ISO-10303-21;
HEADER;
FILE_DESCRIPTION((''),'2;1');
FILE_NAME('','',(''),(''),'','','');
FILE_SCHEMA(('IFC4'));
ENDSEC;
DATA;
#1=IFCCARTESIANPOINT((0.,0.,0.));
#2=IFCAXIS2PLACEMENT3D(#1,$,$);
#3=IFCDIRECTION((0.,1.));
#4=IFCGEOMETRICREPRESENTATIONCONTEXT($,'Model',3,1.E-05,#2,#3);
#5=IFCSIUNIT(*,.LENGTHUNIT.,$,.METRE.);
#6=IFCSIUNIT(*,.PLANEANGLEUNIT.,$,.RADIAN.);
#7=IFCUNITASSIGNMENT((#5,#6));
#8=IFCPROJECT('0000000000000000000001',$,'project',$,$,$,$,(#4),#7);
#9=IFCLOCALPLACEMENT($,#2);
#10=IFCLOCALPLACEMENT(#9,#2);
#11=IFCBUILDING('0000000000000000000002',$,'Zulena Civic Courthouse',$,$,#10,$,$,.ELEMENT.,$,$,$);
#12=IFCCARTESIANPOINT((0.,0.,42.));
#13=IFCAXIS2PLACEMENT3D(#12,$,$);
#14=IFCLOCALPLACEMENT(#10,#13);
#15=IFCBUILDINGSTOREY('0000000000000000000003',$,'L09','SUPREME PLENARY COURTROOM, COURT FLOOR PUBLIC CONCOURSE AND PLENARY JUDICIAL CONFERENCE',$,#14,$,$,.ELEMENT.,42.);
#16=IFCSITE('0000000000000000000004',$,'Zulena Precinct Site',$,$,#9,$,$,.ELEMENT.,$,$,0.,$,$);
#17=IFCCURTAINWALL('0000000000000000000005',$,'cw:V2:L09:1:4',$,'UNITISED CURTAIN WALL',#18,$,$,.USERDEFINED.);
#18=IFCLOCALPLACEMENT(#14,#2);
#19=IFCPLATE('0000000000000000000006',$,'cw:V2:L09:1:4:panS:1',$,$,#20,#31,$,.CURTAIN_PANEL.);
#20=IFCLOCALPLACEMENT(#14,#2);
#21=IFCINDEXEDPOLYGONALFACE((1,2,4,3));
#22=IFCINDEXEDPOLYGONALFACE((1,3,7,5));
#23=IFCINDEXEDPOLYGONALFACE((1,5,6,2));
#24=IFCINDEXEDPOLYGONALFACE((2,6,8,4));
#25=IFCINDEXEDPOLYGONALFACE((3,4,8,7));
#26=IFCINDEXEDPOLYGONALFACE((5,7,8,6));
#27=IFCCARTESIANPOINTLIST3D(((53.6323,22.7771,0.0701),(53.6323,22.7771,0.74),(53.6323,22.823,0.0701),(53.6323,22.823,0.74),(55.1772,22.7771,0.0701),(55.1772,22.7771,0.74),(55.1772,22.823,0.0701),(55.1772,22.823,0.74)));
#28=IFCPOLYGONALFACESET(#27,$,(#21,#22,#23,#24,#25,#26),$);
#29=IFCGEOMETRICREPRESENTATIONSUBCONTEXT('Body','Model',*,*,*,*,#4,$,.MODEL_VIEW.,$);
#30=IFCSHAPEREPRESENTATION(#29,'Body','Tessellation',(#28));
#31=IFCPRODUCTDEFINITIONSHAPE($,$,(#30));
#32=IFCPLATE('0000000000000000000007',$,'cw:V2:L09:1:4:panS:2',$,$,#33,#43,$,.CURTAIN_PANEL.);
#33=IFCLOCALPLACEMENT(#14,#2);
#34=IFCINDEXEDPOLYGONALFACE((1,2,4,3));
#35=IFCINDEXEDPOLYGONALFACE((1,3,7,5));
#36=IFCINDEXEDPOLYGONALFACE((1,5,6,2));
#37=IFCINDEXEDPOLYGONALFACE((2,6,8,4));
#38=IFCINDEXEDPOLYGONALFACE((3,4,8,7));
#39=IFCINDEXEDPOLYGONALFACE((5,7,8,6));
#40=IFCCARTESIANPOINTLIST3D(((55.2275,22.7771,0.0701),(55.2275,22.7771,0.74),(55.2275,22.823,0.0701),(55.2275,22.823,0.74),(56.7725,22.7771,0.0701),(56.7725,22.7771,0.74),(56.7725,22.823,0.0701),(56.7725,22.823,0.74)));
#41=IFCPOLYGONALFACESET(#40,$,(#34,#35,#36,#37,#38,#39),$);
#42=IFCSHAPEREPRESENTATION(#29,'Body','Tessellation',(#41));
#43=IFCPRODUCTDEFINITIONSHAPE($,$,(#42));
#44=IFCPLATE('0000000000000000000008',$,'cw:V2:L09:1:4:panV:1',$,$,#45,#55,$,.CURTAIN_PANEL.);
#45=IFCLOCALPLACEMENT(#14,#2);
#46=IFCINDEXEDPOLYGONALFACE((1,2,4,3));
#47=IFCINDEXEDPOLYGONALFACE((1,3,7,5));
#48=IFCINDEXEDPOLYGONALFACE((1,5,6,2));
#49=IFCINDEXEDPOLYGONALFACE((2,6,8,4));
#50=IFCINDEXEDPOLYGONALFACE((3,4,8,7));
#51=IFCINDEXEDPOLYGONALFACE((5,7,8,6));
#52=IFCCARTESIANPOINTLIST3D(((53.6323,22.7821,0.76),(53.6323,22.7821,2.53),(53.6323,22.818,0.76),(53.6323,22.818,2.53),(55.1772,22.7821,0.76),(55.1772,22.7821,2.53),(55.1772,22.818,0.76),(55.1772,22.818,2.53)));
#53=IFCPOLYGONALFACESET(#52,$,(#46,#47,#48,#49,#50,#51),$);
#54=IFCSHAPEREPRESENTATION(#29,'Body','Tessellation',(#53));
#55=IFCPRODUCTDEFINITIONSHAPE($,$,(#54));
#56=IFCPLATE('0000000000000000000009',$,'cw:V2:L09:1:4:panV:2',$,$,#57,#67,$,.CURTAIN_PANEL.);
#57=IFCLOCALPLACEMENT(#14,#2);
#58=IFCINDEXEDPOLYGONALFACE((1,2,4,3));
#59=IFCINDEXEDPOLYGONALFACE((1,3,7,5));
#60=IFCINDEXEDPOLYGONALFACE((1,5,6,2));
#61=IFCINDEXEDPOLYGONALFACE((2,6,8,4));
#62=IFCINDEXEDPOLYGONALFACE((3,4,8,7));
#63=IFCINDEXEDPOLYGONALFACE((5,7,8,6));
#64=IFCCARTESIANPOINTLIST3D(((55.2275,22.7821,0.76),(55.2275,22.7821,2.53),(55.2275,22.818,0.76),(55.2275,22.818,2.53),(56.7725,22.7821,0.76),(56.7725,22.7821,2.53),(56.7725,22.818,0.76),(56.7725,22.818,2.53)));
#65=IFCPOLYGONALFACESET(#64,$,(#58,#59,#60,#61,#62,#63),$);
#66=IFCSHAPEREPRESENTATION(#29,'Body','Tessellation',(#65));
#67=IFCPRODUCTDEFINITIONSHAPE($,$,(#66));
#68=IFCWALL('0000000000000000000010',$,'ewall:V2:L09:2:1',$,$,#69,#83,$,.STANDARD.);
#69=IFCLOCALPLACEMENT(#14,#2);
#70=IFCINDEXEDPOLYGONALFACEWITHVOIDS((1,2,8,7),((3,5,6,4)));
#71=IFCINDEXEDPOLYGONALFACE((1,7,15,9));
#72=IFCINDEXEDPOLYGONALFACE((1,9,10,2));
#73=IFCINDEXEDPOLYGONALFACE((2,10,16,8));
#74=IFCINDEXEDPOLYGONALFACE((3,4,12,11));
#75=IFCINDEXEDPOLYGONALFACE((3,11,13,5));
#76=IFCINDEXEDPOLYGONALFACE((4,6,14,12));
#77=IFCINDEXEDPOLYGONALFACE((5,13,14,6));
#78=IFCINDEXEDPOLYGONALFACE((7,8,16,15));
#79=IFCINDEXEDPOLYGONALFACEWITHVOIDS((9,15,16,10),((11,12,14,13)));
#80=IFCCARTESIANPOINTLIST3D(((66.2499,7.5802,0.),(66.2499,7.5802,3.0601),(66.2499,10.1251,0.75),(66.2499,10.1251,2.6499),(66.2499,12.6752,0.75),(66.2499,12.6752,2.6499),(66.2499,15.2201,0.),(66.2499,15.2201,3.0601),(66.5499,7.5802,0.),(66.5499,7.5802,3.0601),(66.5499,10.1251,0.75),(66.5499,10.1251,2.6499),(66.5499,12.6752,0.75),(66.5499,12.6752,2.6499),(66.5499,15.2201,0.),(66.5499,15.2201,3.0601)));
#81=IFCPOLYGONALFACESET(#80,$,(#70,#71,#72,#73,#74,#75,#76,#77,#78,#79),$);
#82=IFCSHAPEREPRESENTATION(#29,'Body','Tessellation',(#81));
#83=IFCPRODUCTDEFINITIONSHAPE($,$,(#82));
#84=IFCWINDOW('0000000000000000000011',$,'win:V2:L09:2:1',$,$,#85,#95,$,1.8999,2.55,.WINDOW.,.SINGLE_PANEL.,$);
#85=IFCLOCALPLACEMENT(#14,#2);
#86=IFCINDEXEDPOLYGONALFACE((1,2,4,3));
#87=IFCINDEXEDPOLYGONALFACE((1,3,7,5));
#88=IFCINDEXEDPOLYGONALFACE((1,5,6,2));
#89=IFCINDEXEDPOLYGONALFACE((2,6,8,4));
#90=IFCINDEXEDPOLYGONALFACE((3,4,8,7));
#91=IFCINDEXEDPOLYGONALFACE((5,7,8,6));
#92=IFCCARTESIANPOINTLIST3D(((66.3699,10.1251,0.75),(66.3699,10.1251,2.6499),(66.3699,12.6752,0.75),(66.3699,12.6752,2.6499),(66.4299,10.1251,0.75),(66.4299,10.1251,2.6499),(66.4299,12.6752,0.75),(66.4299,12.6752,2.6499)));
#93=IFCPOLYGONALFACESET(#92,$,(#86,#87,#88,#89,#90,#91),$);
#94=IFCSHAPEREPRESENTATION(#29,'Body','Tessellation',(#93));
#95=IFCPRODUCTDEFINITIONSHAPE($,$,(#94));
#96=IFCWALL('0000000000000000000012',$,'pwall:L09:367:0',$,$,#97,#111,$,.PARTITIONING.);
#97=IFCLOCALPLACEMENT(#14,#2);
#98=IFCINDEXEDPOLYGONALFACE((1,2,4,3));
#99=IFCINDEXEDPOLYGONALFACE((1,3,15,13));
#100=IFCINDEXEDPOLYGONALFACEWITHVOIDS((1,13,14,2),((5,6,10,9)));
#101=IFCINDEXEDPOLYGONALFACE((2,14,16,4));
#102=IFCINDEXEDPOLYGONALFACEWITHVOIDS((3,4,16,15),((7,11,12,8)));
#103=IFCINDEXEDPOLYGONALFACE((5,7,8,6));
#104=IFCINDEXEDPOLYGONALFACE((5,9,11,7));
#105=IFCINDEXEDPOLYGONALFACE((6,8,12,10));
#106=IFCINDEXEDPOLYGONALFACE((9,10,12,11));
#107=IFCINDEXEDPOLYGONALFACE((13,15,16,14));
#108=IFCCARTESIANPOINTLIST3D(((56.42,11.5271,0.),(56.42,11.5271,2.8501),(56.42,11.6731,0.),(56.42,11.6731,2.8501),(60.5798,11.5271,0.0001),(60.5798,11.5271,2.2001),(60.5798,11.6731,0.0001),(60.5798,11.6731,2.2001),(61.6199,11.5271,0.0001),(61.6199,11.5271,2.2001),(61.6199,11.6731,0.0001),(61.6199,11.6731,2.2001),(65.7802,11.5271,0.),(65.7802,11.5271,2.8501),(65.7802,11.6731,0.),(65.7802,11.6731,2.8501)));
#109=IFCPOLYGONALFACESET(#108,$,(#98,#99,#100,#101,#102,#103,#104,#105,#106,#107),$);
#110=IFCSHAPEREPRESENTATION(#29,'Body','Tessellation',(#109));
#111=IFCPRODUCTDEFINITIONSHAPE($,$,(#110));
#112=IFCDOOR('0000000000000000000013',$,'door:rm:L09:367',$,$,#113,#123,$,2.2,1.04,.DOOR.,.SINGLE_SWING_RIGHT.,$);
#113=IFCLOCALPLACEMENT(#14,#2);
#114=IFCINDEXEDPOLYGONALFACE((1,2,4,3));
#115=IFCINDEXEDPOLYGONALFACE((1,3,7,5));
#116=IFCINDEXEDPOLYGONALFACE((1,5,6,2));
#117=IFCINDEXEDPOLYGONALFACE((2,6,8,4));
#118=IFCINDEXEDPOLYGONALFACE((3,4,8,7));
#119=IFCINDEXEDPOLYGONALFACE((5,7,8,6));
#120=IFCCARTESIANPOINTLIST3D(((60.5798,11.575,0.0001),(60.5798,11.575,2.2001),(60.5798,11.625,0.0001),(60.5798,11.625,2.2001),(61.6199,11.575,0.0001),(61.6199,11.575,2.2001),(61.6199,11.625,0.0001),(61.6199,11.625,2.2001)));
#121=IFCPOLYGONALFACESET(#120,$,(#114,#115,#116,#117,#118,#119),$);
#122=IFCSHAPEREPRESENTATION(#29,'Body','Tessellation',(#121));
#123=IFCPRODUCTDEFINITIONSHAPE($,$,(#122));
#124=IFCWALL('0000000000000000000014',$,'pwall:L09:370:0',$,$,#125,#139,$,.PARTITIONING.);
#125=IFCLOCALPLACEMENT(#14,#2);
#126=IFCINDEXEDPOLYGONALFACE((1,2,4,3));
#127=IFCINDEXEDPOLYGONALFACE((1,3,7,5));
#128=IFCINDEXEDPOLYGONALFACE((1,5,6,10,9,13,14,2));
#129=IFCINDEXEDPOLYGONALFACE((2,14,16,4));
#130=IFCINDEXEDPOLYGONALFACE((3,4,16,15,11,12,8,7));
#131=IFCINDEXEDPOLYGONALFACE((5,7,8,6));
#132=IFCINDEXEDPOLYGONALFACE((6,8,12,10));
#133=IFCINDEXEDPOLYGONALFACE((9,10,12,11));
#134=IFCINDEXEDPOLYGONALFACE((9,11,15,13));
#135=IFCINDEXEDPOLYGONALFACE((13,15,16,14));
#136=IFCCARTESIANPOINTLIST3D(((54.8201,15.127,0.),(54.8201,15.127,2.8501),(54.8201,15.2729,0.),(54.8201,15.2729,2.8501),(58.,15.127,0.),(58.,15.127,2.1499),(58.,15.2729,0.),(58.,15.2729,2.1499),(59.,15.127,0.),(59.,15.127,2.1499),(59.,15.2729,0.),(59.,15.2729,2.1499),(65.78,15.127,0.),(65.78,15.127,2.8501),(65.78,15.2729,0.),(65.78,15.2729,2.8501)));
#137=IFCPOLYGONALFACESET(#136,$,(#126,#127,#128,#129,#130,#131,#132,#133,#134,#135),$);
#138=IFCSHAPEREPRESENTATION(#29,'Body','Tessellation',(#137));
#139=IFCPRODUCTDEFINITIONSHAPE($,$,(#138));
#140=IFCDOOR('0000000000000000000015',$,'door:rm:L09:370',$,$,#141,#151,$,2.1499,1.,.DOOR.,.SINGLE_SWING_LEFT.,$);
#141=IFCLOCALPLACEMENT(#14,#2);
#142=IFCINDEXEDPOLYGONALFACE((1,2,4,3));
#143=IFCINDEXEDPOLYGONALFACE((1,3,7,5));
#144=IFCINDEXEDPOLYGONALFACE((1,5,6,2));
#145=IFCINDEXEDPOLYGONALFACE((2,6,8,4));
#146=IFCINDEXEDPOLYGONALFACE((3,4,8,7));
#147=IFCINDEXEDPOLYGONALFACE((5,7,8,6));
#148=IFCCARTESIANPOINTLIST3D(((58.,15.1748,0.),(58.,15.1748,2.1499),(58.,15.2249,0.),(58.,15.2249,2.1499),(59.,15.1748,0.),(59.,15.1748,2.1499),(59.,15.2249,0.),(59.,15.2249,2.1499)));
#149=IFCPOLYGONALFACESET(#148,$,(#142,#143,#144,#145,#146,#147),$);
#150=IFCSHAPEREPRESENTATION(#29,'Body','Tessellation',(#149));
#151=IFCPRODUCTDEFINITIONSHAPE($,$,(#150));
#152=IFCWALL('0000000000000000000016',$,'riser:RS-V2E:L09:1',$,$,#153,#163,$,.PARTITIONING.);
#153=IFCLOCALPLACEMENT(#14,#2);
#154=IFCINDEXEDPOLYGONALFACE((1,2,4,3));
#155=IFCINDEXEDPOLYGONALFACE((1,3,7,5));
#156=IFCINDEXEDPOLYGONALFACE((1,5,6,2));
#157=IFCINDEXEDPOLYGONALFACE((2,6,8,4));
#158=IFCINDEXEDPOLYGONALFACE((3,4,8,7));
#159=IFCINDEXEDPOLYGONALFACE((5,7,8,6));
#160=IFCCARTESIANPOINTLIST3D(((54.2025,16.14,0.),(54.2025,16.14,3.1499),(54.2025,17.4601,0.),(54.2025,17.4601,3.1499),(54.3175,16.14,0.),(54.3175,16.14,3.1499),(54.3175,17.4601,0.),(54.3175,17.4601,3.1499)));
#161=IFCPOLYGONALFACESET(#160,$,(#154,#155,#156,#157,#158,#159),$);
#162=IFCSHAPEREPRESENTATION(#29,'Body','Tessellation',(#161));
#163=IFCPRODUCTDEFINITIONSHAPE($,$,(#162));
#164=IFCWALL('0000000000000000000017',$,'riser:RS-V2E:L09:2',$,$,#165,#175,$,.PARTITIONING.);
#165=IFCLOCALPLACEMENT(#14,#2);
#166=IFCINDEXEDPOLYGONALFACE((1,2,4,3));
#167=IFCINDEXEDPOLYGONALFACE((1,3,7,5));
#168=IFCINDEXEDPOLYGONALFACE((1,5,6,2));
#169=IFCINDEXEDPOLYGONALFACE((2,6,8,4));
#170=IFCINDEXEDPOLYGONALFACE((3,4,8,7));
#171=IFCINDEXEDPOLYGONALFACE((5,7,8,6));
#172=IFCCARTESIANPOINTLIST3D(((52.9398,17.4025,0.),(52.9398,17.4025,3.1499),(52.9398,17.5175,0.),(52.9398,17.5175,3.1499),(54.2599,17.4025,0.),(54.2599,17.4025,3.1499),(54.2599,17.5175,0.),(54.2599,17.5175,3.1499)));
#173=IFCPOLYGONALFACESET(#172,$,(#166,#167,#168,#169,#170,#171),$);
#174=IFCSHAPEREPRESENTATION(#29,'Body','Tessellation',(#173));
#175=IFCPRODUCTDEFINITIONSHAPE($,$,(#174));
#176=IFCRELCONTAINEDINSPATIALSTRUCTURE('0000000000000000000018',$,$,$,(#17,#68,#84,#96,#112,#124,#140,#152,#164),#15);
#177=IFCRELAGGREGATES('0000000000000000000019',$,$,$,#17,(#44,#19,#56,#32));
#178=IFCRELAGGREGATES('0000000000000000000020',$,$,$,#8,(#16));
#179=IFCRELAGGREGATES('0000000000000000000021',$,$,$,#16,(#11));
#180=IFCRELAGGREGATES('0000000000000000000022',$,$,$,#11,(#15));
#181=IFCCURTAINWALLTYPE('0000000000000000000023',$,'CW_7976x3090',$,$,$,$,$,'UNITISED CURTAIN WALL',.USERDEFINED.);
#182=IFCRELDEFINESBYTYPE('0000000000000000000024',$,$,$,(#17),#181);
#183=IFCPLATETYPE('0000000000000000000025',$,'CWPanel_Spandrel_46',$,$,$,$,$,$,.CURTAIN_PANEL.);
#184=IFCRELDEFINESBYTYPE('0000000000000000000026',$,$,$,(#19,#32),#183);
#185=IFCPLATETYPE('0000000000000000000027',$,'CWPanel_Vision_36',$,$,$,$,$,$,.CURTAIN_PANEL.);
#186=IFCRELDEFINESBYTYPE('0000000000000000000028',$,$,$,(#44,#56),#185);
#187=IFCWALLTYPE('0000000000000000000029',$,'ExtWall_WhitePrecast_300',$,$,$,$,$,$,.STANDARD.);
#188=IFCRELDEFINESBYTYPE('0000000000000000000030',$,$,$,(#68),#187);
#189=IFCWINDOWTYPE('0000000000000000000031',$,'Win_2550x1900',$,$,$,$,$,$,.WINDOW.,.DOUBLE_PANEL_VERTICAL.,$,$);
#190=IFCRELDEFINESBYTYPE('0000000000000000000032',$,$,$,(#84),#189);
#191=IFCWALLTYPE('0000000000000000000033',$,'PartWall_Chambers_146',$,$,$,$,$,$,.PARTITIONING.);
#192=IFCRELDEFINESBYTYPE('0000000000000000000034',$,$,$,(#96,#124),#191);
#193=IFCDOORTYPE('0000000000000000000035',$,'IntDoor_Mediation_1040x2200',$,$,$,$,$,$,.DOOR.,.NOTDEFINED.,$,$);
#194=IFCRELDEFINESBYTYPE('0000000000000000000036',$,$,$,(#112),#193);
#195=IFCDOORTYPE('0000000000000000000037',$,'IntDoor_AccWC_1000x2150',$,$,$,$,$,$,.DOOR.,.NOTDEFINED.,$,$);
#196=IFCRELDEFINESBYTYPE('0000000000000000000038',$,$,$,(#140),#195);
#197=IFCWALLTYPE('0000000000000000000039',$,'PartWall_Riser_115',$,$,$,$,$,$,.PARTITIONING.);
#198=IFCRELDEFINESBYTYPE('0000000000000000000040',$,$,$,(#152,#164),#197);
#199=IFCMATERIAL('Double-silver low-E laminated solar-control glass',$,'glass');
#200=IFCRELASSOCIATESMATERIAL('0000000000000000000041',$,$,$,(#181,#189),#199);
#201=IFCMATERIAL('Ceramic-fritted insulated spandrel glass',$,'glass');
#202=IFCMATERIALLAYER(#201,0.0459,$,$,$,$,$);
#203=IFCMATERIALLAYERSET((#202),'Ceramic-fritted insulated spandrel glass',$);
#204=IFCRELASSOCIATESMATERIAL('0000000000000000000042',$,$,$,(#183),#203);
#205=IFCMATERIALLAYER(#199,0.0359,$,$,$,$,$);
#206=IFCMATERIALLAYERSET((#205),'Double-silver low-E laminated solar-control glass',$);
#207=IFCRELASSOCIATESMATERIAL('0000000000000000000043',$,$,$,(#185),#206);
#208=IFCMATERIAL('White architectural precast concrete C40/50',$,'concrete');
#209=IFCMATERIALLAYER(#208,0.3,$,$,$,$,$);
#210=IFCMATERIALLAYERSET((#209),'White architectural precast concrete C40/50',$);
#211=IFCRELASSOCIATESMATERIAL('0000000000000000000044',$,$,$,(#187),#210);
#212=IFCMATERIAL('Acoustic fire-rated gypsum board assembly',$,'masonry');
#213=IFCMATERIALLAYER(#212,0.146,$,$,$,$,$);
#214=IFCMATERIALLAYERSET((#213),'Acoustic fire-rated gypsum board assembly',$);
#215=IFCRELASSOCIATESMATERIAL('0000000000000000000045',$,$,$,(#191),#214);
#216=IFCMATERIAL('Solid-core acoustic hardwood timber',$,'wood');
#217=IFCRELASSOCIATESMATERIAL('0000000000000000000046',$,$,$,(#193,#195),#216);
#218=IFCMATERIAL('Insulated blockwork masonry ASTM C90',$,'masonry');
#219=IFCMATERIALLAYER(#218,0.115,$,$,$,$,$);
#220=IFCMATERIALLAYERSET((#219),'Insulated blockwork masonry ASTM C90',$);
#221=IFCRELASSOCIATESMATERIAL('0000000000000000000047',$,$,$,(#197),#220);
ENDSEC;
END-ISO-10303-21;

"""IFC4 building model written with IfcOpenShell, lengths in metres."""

from ifc_helpers import new_model, si_unit, direction, frame, frame_2d, origin, origin_2d, place, context, subcontext, project, spatial, rectangle, extrude, material, layer, layer_set, type_object, element, fill, aggregate, save


model = new_model("IFC4")

# Units and contexts
model_context = context("Model", 3, precision=1e-05, world=origin(), true_north=direction((0.0, 1.0)))
body_context = subcontext(model_context, "Body", "Model", "MODEL_VIEW")
ifc_project = project(units=[si_unit("LENGTHUNIT", "METRE"), si_unit("PLANEANGLEUNIT", "RADIAN")], contexts=[model_context])

# Site, building, storey
site_placement = place(None, origin())
site = spatial("IfcSite", under=ifc_project, at=site_placement, Name="Zulena Precinct Site", CompositionType="ELEMENT", RefElevation=0.0)
building_placement = place(site_placement, origin())
building = spatial("IfcBuilding", under=site, at=building_placement, Name="Zulena Civic Courthouse", CompositionType="ELEMENT")
storey_placement = place(building_placement, frame((0.0, 0.0, 42.0)))
storey = spatial("IfcBuildingStorey", under=building, at=storey_placement, Name="L09", Description="SUPREME PLENARY COURTROOM, COURT FLOOR PUBLIC CONCOURSE AND PLENARY JUDICIAL CONFERENCE", CompositionType="ELEMENT", Elevation=42.0)

# Curtain wall
ifc_material_1 = material(Name="Double-silver low-E laminated solar-control glass", Category="glass")
curtain_wall_type = type_object("IfcCurtainWallType", Name="CW_7976x3090", ElementType="UNITISED CURTAIN WALL", PredefinedType="USERDEFINED", material=ifc_material_1)
curtain_wall_placement = place(storey_placement, origin())
curtain_wall = element("IfcCurtainWall", 1, at=curtain_wall_placement, inside=storey, type_object=curtain_wall_type, Name="cw:V2:L09:1:4", ObjectType="UNITISED CURTAIN WALL", PredefinedType="USERDEFINED")

# Plates
ifc_material_2 = material(Name="Ceramic-fritted insulated spandrel glass", Category="glass")
ifc_layer_1 = layer(ifc_material_2, 0.0459)
ifc_layer_set_1 = layer_set([ifc_layer_1], Name="Ceramic-fritted insulated spandrel glass")
plate_type_1 = type_object("IfcPlateType", Name="CWPanel_Spandrel_46", PredefinedType="CURTAIN_PANEL", material=ifc_layer_set_1)
plate_1_placement = place(storey_placement, frame((54.4048, 22.8, 0.0701), z_axis=(0.0, 0.0, 1.0), x_axis=(1.0, 0.0, 0.0)))
plate_1 = element("IfcPlate", 2, at=plate_1_placement, type_object=plate_type_1, Name="cw:V2:L09:1:4:panS:1", PredefinedType="CURTAIN_PANEL", context=body_context, shape_type="SweptSolid", body=[
    extrude(rectangle(XDim=1.5449, YDim=0.0459, at=origin_2d()), origin(), (0.0, 0.0, 1.0), 0.6699),
])
plate_2_placement = place(storey_placement, frame((56.0, 22.8, 0.0701), z_axis=(0.0, 0.0, 1.0), x_axis=(1.0, 0.0, 0.0)))
plate_2 = element("IfcPlate", 3, at=plate_2_placement, type_object=plate_type_1, Name="cw:V2:L09:1:4:panS:2", PredefinedType="CURTAIN_PANEL", context=body_context, shape_type="SweptSolid", body=[
    extrude(rectangle(XDim=1.5449, YDim=0.0459, at=origin_2d()), origin(), (0.0, 0.0, 1.0), 0.6699),
])
ifc_layer_2 = layer(ifc_material_1, 0.0359)
ifc_layer_set_2 = layer_set([ifc_layer_2], Name="Double-silver low-E laminated solar-control glass")
plate_type_2 = type_object("IfcPlateType", Name="CWPanel_Vision_36", PredefinedType="CURTAIN_PANEL", material=ifc_layer_set_2)
plate_3_placement = place(storey_placement, frame((54.4048, 22.8, 0.76), z_axis=(0.0, 0.0, 1.0), x_axis=(1.0, 0.0, 0.0)))
plate_3 = element("IfcPlate", 4, at=plate_3_placement, type_object=plate_type_2, Name="cw:V2:L09:1:4:panV:1", PredefinedType="CURTAIN_PANEL", context=body_context, shape_type="SweptSolid", body=[
    extrude(rectangle(XDim=1.5449, YDim=0.0359, at=origin_2d()), origin(), (0.0, 0.0, 1.0), 1.77),
])
plate_4_placement = place(storey_placement, frame((56.0, 22.8, 0.76), z_axis=(0.0, 0.0, 1.0), x_axis=(1.0, 0.0, 0.0)))
plate_4 = element("IfcPlate", 5, at=plate_4_placement, type_object=plate_type_2, Name="cw:V2:L09:1:4:panV:2", PredefinedType="CURTAIN_PANEL", context=body_context, shape_type="SweptSolid", body=[
    extrude(rectangle(XDim=1.5449, YDim=0.0359, at=origin_2d()), origin(), (0.0, 0.0, 1.0), 1.77),
])
aggregate(curtain_wall, [plate_3, plate_1, plate_4, plate_2])

# Wall, opening, window
ifc_material_3 = material(Name="White architectural precast concrete C40/50", Category="concrete")
ifc_layer_3 = layer(ifc_material_3, 0.3)
ifc_layer_set_3 = layer_set([ifc_layer_3], Name="White architectural precast concrete C40/50")
wall_type_1 = type_object("IfcWallType", Name="ExtWall_WhitePrecast_300", PredefinedType="STANDARD", material=ifc_layer_set_3)
wall_1_placement = place(storey_placement, frame((66.3999, 15.22, 0.0), z_axis=(0.0, 0.0, 1.0), x_axis=(0.0, -1.0, 0.0)))
wall_1 = element("IfcWall", 6, at=wall_1_placement, inside=storey, type_object=wall_type_1, Name="ewall:V2:L09:2:1", PredefinedType="STANDARD", context=body_context, shape_type="SweptSolid", body=[
    extrude(rectangle(XDim=7.6399, YDim=0.3, at=frame_2d((3.8198, 0.0))), origin(), (0.0, 0.0, 1.0), 3.0601),
])
opening_1_placement = place(wall_1_placement, frame((2.5449, 0.0, 0.75)))
opening_1 = element("IfcOpeningElement", 7, at=opening_1_placement, cuts=wall_1, PredefinedType="OPENING", context=body_context, shape_type="SweptSolid", body=[
    extrude(rectangle(XDim=2.55, YDim=1.8999, at=frame_2d((1.2749, 0.95))), frame((0.0, 0.1599, 0.0), z_axis=(0.0, -1.0, 0.0), x_axis=(1.0, 0.0, 0.0)), (0.0, 0.0, 1.0), 0.3201),
])
window_type = type_object("IfcWindowType", Name="Win_2550x1900", PartitioningType="DOUBLE_PANEL_VERTICAL", PredefinedType="WINDOW", material=ifc_material_1)
window_placement = place(opening_1_placement, origin())
window = element("IfcWindow", 8, at=window_placement, inside=storey, type_object=window_type, Name="win:V2:L09:2:1", OverallHeight=1.8999, OverallWidth=2.55, PartitioningType="SINGLE_PANEL", PredefinedType="WINDOW", context=body_context, shape_type="SweptSolid", body=[
    extrude(rectangle(XDim=2.55, YDim=1.8999, at=frame_2d((1.2749, 0.95))), frame((0.0, 0.03, 0.0), z_axis=(0.0, -1.0, 0.0), x_axis=(1.0, 0.0, 0.0)), (0.0, 0.0, 1.0), 0.0601),
])
fill(opening_1, window)

# Walls, openings, doors
ifc_material_4 = material(Name="Acoustic fire-rated gypsum board assembly", Category="masonry")
ifc_layer_4 = layer(ifc_material_4, 0.146)
ifc_layer_set_4 = layer_set([ifc_layer_4], Name="Acoustic fire-rated gypsum board assembly")
wall_type_2 = type_object("IfcWallType", Name="PartWall_Chambers_146", PredefinedType="PARTITIONING", material=ifc_layer_set_4)
wall_2_placement = place(storey_placement, frame((56.4199, 11.6001, 0.0), z_axis=(0.0, 0.0, 1.0), x_axis=(1.0, 0.0, 0.0)))
wall_2 = element("IfcWall", 9, at=wall_2_placement, inside=storey, type_object=wall_type_2, Name="pwall:L09:367:0", PredefinedType="PARTITIONING", context=body_context, shape_type="SweptSolid", body=[
    extrude(rectangle(XDim=9.3601, YDim=0.146, at=frame_2d((4.6802, 0.0))), origin(), (0.0, 0.0, 1.0), 2.8501),
])
opening_2_placement = place(wall_2_placement, frame((4.1599, 0.0, 0.0)))
opening_2 = element("IfcOpeningElement", 10, at=opening_2_placement, cuts=wall_2, PredefinedType="OPENING", context=body_context, shape_type="SweptSolid", body=[
    extrude(rectangle(XDim=1.04, YDim=2.2, at=frame_2d((0.52, 1.1001))), frame((0.0, 0.083, 0.0), z_axis=(0.0, -1.0, 0.0), x_axis=(1.0, 0.0, 0.0)), (0.0, 0.0, 1.0), 0.166),
])
ifc_material_5 = material(Name="Solid-core acoustic hardwood timber", Category="wood")
door_type_1 = type_object("IfcDoorType", Name="IntDoor_Mediation_1040x2200", OperationType="NOTDEFINED", PredefinedType="DOOR", material=ifc_material_5)
door_1_placement = place(opening_2_placement, origin())
door_1 = element("IfcDoor", 11, at=door_1_placement, inside=storey, type_object=door_type_1, Name="door:rm:L09:367", OperationType="SINGLE_SWING_RIGHT", OverallHeight=2.2, OverallWidth=1.04, PredefinedType="DOOR", context=body_context, shape_type="SweptSolid", body=[
    extrude(rectangle(XDim=1.04, YDim=2.2, at=frame_2d((0.52, 1.1001))), frame((0.0, 0.0249, 0.0), z_axis=(0.0, -1.0, 0.0), x_axis=(1.0, 0.0, 0.0)), (0.0, 0.0, 1.0), 0.05),
])
fill(opening_2, door_1)
wall_3_placement = place(storey_placement, frame((54.8201, 15.2, 0.0), z_axis=(0.0, 0.0, 1.0), x_axis=(1.0, 0.0, 0.0)))
wall_3 = element("IfcWall", 12, at=wall_3_placement, inside=storey, type_object=wall_type_2, Name="pwall:L09:370:0", PredefinedType="PARTITIONING", context=body_context, shape_type="SweptSolid", body=[
    extrude(rectangle(XDim=10.96, YDim=0.146, at=frame_2d((5.48, 0.0))), origin(), (0.0, 0.0, 1.0), 2.8501),
])
opening_3_placement = place(wall_3_placement, frame((3.1799, 0.0, 0.0)))
opening_3 = element("IfcOpeningElement", 13, at=opening_3_placement, cuts=wall_3, PredefinedType="OPENING", context=body_context, shape_type="SweptSolid", body=[
    extrude(rectangle(XDim=1.0, YDim=2.1499, at=frame_2d((0.5, 1.075))), frame((0.0, 0.083, 0.0), z_axis=(0.0, -1.0, 0.0), x_axis=(1.0, 0.0, 0.0)), (0.0, 0.0, 1.0), 0.166),
])
door_type_2 = type_object("IfcDoorType", Name="IntDoor_AccWC_1000x2150", OperationType="NOTDEFINED", PredefinedType="DOOR", material=ifc_material_5)
door_2_placement = place(opening_3_placement, origin())
door_2 = element("IfcDoor", 14, at=door_2_placement, inside=storey, type_object=door_type_2, Name="door:rm:L09:370", OperationType="SINGLE_SWING_LEFT", OverallHeight=2.1499, OverallWidth=1.0, PredefinedType="DOOR", context=body_context, shape_type="SweptSolid", body=[
    extrude(rectangle(XDim=1.0, YDim=2.1499, at=frame_2d((0.5, 1.075))), frame((0.0, 0.0249, 0.0), z_axis=(0.0, -1.0, 0.0), x_axis=(1.0, 0.0, 0.0)), (0.0, 0.0, 1.0), 0.05),
])
fill(opening_3, door_2)

# Walls
ifc_material_6 = material(Name="Insulated blockwork masonry ASTM C90", Category="masonry")
ifc_layer_5 = layer(ifc_material_6, 0.115)
ifc_layer_set_5 = layer_set([ifc_layer_5], Name="Insulated blockwork masonry ASTM C90")
wall_type_3 = type_object("IfcWallType", Name="PartWall_Riser_115", PredefinedType="PARTITIONING", material=ifc_layer_set_5)
for number, where, z_axis, x_axis, name in (
    (15, (54.26, 16.1399, 0.0), (0.0, 0.0, 1.0), (0.0, 1.0, 0.0), "riser:RS-V2E:L09:1"),
    (16, (54.26, 17.46, 0.0), (0.0, 0.0, 1.0), (-1.0, 0.0, 0.0), "riser:RS-V2E:L09:2"),
):
    element("IfcWall", number, at=place(storey_placement, frame(where, z_axis=z_axis, x_axis=x_axis)), inside=storey, type_object=wall_type_3, Name=name, PredefinedType="PARTITIONING", context=body_context, shape_type="SweptSolid", body=[
        extrude(rectangle(XDim=1.3201, YDim=0.115, at=frame_2d((0.6602, 0.0))), origin(), (0.0, 0.0, 1.0), 3.1499),
    ])

save(model, "model.ifc")
